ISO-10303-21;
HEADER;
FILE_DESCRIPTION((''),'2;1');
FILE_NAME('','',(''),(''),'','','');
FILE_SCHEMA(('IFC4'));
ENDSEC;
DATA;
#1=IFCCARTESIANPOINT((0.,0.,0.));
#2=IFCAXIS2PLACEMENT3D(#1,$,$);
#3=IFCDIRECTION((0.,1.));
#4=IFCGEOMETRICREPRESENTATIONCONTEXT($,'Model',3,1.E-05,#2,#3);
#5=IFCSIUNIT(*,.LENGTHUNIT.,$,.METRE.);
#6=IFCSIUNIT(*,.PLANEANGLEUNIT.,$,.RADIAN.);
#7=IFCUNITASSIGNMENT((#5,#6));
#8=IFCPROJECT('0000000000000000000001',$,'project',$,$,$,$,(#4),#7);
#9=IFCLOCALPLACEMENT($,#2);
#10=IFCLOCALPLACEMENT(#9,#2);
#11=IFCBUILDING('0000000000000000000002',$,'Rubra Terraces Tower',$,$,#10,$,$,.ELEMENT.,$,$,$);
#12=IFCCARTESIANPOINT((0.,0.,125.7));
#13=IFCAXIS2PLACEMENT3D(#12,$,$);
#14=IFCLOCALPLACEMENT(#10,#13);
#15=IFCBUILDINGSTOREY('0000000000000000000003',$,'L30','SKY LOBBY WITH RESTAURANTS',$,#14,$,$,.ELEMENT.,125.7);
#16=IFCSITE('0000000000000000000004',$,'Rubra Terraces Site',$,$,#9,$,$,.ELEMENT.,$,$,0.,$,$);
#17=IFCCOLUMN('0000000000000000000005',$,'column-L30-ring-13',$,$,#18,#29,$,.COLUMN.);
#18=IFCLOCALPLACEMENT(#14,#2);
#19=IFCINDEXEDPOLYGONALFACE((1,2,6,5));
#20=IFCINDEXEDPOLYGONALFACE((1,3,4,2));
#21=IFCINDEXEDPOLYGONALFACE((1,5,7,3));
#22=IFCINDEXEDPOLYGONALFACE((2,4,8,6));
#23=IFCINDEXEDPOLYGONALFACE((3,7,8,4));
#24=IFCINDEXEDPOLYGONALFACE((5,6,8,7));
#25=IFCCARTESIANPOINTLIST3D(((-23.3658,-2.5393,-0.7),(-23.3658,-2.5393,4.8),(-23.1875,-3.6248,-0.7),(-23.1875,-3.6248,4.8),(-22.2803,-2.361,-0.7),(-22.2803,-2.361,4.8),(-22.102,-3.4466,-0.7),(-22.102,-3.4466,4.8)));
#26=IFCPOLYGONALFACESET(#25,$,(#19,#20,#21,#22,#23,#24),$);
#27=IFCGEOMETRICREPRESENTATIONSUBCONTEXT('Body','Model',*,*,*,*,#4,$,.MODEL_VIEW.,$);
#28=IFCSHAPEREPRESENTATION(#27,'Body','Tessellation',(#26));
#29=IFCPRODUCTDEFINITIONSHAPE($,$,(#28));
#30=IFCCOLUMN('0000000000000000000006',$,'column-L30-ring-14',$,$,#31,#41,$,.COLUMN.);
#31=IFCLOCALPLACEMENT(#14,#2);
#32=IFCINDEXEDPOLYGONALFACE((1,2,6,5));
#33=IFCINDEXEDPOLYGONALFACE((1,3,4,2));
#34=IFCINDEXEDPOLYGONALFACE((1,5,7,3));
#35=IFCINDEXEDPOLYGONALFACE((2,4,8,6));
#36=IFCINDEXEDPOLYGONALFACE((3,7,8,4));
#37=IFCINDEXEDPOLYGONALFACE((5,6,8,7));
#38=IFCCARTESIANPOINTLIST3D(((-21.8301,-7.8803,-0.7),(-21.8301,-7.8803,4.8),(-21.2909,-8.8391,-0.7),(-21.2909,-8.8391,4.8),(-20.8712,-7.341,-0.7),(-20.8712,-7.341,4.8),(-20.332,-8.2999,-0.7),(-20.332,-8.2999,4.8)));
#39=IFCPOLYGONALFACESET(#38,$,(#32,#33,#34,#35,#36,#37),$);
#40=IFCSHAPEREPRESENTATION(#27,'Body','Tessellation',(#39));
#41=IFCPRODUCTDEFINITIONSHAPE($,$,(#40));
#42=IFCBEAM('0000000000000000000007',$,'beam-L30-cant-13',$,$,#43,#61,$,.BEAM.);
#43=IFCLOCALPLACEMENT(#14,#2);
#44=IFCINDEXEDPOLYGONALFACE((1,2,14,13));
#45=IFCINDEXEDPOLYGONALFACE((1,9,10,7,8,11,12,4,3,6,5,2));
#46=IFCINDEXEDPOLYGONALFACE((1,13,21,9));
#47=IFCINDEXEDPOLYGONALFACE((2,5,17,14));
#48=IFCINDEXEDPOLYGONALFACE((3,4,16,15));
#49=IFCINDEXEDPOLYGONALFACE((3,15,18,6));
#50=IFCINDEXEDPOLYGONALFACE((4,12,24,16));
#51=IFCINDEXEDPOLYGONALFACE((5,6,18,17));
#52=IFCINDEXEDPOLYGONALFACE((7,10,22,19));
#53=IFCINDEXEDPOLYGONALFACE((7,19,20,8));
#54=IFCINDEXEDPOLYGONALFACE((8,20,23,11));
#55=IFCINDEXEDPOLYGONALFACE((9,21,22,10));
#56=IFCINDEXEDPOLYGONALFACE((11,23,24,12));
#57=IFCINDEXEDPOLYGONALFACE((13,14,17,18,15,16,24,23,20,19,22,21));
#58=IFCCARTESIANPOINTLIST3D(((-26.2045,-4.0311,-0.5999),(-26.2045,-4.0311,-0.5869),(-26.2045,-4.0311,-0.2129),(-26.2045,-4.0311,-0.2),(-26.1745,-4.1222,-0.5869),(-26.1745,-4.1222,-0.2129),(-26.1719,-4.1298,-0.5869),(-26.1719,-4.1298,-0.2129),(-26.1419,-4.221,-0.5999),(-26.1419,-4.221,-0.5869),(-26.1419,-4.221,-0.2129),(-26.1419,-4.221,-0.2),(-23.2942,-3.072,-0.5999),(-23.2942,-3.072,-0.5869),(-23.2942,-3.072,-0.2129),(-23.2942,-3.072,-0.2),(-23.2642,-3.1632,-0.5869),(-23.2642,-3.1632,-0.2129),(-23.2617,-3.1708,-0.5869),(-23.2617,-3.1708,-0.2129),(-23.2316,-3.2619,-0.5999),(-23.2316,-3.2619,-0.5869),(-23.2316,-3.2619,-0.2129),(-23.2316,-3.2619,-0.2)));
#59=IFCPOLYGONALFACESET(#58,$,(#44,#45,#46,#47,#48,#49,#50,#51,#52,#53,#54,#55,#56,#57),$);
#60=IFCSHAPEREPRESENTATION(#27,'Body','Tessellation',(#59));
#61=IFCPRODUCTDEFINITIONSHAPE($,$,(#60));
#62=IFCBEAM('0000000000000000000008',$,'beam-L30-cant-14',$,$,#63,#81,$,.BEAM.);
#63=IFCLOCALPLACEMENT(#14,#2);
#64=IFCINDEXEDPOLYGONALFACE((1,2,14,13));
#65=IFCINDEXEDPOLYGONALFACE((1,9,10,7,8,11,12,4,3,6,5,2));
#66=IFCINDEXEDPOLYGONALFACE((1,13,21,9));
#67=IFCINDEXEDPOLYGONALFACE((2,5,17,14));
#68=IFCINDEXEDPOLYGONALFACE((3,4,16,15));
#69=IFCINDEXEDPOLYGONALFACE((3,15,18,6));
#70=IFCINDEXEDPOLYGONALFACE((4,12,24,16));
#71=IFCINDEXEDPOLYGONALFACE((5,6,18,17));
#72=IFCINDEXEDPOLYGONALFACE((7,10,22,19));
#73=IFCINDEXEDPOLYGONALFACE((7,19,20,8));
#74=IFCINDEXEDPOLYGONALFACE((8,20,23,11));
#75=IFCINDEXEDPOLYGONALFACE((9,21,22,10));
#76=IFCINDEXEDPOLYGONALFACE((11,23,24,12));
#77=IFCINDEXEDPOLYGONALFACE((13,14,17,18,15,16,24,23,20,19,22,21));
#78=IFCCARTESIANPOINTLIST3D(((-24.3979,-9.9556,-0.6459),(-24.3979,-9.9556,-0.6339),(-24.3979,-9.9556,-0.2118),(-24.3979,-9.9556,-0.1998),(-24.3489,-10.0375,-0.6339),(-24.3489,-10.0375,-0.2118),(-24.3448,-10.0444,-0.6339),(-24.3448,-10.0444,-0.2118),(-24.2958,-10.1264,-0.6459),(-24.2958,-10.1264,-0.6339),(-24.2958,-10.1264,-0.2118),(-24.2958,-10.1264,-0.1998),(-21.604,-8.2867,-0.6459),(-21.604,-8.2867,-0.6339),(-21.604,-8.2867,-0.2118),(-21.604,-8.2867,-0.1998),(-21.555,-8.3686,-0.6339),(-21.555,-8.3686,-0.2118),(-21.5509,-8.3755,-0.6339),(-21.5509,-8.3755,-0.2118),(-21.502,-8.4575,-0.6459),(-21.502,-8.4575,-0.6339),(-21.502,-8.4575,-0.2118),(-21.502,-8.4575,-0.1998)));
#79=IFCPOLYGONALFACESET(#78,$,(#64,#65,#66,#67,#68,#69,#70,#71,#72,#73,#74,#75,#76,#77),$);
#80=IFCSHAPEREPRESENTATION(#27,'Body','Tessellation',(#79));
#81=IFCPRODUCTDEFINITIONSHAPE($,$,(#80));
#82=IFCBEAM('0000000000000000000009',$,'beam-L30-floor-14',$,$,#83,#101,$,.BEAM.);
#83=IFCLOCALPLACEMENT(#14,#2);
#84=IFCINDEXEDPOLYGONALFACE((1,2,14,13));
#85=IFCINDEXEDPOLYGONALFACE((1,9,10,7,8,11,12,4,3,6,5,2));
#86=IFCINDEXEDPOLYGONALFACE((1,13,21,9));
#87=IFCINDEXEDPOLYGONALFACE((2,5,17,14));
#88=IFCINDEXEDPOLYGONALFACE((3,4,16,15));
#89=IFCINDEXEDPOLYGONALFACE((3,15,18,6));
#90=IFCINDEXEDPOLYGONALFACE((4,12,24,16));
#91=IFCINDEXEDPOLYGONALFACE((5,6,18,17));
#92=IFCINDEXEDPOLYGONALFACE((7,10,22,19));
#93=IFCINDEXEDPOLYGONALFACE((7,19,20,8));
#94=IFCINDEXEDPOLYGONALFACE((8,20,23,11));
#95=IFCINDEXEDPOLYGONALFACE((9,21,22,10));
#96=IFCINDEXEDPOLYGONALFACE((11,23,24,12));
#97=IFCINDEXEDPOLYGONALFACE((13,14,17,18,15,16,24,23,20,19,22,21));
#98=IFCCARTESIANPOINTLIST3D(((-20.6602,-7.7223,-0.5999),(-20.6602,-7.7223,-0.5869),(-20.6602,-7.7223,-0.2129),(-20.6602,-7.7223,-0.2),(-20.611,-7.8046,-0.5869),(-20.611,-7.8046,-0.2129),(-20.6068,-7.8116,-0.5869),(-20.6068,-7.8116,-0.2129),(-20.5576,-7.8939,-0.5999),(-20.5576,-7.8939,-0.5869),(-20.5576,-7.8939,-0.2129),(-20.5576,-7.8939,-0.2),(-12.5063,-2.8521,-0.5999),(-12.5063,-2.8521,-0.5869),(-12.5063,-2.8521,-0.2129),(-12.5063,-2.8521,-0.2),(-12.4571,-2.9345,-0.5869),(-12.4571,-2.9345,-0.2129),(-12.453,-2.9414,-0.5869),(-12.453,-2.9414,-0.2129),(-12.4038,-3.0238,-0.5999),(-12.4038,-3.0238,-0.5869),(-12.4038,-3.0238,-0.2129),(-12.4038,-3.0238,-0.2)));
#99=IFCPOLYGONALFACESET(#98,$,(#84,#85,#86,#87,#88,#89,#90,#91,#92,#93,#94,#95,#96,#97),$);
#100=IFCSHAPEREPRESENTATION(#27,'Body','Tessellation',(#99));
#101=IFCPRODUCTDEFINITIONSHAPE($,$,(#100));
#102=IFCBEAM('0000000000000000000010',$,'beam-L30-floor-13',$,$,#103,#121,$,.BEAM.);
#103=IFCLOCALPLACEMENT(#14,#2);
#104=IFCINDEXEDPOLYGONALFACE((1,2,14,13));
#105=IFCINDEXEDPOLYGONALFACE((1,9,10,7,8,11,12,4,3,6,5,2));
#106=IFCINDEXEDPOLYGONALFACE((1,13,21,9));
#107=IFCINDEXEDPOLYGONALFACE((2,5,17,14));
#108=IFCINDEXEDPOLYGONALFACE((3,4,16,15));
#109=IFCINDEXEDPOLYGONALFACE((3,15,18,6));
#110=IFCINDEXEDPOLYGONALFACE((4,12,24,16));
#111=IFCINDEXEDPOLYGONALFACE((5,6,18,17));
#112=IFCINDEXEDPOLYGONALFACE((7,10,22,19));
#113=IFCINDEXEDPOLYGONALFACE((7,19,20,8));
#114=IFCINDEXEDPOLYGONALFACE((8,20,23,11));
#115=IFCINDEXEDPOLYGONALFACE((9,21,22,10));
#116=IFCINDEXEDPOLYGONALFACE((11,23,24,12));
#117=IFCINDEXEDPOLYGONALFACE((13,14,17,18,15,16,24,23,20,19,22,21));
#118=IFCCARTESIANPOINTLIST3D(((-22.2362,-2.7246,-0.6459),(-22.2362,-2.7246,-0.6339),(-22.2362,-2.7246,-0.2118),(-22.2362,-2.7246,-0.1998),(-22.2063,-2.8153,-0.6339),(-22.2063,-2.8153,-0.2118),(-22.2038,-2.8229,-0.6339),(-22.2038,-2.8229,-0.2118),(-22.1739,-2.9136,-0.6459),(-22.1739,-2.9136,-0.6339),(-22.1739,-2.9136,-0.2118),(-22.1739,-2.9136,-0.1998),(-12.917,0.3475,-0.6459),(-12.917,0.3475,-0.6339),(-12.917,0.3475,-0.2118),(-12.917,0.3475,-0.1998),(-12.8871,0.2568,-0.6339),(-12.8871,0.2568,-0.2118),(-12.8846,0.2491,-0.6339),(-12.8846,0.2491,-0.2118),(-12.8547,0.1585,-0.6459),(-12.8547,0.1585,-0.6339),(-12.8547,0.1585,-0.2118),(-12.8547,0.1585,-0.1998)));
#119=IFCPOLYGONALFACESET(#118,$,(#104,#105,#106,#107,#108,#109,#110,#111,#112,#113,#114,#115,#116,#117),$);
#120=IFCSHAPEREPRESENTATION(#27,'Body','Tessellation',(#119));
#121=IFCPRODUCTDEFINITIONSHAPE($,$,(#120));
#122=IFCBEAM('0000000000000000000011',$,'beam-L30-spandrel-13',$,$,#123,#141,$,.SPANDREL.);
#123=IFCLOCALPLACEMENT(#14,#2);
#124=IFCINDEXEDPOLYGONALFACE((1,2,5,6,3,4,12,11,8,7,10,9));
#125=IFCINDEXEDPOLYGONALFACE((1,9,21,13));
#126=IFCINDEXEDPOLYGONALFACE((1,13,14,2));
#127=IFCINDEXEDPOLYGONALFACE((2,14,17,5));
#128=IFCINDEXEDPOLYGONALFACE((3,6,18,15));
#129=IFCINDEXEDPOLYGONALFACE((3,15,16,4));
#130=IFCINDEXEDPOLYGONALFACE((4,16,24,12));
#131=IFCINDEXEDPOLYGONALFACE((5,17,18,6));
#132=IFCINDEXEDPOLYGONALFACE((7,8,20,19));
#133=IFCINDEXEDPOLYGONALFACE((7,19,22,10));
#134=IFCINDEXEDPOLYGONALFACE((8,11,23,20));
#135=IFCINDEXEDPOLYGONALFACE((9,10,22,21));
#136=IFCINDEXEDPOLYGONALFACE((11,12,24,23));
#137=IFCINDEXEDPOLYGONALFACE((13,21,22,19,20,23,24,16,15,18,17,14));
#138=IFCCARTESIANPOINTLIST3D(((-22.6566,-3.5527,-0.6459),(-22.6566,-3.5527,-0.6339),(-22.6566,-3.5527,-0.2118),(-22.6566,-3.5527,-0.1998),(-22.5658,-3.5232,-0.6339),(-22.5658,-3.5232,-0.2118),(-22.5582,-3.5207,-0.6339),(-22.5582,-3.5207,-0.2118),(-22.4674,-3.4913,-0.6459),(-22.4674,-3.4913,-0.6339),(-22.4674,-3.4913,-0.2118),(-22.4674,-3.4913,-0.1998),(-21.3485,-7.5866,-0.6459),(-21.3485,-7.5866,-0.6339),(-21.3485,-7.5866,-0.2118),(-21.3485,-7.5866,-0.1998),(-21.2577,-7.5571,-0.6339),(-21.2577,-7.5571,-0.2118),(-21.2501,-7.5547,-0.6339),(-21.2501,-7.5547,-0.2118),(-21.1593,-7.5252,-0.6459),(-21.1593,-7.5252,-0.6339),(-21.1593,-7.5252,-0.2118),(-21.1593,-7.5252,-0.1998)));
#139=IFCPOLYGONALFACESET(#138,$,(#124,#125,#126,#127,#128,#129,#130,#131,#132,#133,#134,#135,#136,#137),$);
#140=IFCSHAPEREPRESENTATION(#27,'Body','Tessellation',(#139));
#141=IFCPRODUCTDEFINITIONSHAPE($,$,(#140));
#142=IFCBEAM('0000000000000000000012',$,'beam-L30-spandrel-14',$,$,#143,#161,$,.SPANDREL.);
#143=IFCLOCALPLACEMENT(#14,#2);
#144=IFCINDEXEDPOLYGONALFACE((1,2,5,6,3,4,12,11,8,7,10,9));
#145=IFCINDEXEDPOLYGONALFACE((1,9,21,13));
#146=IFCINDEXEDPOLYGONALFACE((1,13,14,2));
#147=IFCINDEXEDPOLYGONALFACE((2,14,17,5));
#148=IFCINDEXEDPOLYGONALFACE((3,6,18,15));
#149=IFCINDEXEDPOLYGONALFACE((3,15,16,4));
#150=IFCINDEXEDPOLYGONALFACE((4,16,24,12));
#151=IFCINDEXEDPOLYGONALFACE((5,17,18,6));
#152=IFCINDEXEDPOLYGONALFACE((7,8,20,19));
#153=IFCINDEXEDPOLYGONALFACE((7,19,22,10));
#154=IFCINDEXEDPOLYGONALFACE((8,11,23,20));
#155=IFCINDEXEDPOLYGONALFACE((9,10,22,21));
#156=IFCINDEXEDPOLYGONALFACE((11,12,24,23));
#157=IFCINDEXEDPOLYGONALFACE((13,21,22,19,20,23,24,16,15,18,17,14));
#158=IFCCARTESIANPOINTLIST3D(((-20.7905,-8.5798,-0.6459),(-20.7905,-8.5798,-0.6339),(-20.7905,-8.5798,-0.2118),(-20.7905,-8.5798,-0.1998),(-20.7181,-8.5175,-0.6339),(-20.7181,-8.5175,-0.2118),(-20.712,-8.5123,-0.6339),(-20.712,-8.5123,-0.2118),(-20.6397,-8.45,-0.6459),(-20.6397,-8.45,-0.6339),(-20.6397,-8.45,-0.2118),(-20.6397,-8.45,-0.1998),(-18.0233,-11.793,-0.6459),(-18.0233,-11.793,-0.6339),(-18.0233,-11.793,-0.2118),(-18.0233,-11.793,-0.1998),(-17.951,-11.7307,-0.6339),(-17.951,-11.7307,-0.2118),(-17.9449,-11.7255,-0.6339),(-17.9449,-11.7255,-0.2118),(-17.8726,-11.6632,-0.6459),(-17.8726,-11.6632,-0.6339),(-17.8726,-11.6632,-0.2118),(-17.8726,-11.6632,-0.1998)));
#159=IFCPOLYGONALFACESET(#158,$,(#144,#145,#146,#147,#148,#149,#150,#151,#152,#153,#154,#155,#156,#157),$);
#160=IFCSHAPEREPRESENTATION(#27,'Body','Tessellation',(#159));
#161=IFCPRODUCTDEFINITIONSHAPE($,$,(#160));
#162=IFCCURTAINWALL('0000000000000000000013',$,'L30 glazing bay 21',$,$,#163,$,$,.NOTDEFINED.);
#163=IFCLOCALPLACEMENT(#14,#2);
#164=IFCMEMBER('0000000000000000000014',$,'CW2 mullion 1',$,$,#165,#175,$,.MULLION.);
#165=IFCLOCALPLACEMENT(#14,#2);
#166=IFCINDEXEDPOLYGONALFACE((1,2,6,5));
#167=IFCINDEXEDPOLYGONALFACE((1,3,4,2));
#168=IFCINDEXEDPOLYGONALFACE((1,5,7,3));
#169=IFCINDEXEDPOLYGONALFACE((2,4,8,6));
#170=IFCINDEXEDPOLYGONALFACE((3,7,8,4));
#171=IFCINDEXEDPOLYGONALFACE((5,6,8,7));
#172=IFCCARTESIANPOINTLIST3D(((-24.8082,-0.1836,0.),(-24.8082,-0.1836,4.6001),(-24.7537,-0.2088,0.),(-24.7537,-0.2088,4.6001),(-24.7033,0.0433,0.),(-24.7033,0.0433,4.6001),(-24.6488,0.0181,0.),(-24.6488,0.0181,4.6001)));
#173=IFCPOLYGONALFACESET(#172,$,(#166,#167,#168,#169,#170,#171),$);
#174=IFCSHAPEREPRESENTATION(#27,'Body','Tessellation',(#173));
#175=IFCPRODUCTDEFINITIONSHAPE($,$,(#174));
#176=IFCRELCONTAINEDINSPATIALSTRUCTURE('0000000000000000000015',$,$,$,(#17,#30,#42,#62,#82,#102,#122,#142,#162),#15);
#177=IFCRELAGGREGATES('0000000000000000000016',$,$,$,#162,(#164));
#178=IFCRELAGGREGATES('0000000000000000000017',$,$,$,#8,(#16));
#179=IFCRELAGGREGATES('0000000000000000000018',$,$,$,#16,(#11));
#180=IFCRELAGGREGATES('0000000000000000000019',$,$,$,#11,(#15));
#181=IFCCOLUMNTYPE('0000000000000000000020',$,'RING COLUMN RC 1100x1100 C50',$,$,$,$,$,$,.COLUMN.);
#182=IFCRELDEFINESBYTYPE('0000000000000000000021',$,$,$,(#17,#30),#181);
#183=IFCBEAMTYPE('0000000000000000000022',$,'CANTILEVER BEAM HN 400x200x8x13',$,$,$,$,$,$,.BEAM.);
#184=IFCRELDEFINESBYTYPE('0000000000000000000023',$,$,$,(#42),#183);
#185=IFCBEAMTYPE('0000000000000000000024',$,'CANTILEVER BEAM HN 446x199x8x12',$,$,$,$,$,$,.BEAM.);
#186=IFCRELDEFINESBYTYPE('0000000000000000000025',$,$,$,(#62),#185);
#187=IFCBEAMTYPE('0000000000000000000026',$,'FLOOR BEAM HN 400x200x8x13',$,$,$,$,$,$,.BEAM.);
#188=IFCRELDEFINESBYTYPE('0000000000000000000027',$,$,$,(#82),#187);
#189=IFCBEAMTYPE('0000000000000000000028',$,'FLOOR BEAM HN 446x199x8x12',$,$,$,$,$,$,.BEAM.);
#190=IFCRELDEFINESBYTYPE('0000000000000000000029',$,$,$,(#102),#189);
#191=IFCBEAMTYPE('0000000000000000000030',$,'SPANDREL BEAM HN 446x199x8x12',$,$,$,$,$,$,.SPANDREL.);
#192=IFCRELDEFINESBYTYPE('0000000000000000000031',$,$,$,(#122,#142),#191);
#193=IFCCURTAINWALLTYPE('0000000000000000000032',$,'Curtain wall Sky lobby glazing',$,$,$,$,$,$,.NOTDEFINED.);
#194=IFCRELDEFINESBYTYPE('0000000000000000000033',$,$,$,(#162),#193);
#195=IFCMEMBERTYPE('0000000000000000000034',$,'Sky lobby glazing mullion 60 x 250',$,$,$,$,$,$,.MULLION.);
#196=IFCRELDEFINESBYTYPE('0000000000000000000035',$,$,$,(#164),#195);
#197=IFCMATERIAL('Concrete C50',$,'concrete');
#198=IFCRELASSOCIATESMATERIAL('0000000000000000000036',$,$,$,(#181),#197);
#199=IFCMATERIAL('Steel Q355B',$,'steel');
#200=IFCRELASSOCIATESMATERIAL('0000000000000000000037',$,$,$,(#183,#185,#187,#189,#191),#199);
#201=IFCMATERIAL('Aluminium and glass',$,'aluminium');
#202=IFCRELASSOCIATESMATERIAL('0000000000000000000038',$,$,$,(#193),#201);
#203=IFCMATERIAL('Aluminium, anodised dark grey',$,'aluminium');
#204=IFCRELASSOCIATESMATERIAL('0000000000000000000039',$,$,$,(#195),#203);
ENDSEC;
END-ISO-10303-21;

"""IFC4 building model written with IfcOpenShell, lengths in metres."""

from ifc_helpers import new_model, si_unit, direction, frame, origin, origin_2d, place, context, subcontext, project, spatial, rectangle, i_section, extrude, material, material_profile, profile_set, type_object, element, aggregate, save


model = new_model("IFC4")

# Units and contexts
model_context = context("Model", 3, precision=1e-05, world=origin(), true_north=direction((0.0, 1.0)))
body_context = subcontext(model_context, "Body", "Model", "MODEL_VIEW")
ifc_project = project(units=[si_unit("LENGTHUNIT", "METRE"), si_unit("PLANEANGLEUNIT", "RADIAN")], contexts=[model_context])

# Site, building, storey
site_placement = place(None, origin())
site = spatial("IfcSite", under=ifc_project, at=site_placement, Name="Rubra Terraces Site", CompositionType="ELEMENT", RefElevation=0.0)
building_placement = place(site_placement, origin())
building = spatial("IfcBuilding", under=site, at=building_placement, Name="Rubra Terraces Tower", CompositionType="ELEMENT")
storey_placement = place(building_placement, frame((0.0, 0.0, 125.7)))
storey = spatial("IfcBuildingStorey", under=building, at=storey_placement, Name="L30", Description="SKY LOBBY WITH RESTAURANTS", CompositionType="ELEMENT", Elevation=125.7)

# Columns
ifc_material_1 = material(Name="Concrete C50", Category="concrete")
ifc_material_profile_1 = material_profile(ifc_material_1, rectangle(XDim=1.1001, YDim=1.1001, at=origin_2d()), Name="RC 1100x1100")
ifc_profile_set_1 = profile_set([ifc_material_profile_1], Name="Concrete C50")
column_type = type_object("IfcColumnType", Name="RING COLUMN RC 1100x1100 C50", PredefinedType="COLUMN", material=ifc_profile_set_1)
for number, where, z_axis, x_axis, name in (
    (1, (-22.7339, -2.9929, -0.7), (0.0, 0.0, 1.0), (0.162062, -0.986781, 0.0), "column-L30-ring-13"),
    (2, (-21.0811, -8.0901, -0.7), (0.0, 0.0, 1.0), (0.490162, -0.871631, 0.0), "column-L30-ring-14"),
):
    element("IfcColumn", number, at=place(storey_placement, frame(where, z_axis=z_axis, x_axis=x_axis)), inside=storey, type_object=column_type, Name=name, PredefinedType="COLUMN", context=body_context, shape_type="SweptSolid", body=[
        extrude(rectangle(XDim=1.1001, YDim=1.1001, at=origin_2d()), origin(), (0.0, 0.0, 1.0), 5.5),
    ])

# Beams
ifc_material_2 = material(Name="Steel Q355B", Category="steel")
ifc_material_profile_2 = material_profile(ifc_material_2, i_section(OverallWidth=0.2, OverallDepth=0.3999, WebThickness=0.0081, FlangeThickness=0.0129, at=origin_2d()), Name="HN 400x200x8x13")
ifc_profile_set_2 = profile_set([ifc_material_profile_2], Name="Steel Q355B")
beam_type_1 = type_object("IfcBeamType", Name="CANTILEVER BEAM HN 400x200x8x13", PredefinedType="BEAM", material=ifc_profile_set_2)
beam_1_placement = place(storey_placement, frame((-23.2629, -3.167, -0.3999), z_axis=(-0.949761, -0.312975, 0.0), x_axis=(0.312975, -0.949761, 0.0)))
element("IfcBeam", 3, at=beam_1_placement, inside=storey, type_object=beam_type_1, Name="beam-L30-cant-13", PredefinedType="BEAM", context=body_context, shape_type="SweptSolid", body=[
    extrude(i_section(OverallWidth=0.2, OverallDepth=0.3999, WebThickness=0.0081, FlangeThickness=0.0129, at=origin_2d()), origin(), (0.0, 0.0, 1.0), 3.0642),
])
ifc_material_profile_3 = material_profile(ifc_material_2, i_section(OverallWidth=0.199, OverallDepth=0.446, WebThickness=0.0081, FlangeThickness=0.012, at=origin_2d()), Name="HN 446x199x8x12")
ifc_profile_set_3 = profile_set([ifc_material_profile_3], Name="Steel Q355B")
beam_type_2 = type_object("IfcBeamType", Name="CANTILEVER BEAM HN 446x199x8x12", PredefinedType="BEAM", material=ifc_profile_set_3)
beam_2_placement = place(storey_placement, frame((-21.553, -8.3721, -0.4229), z_axis=(-0.858497, -0.512818, 0.0), x_axis=(0.512818, -0.858497, 0.0)))
element("IfcBeam", 4, at=beam_2_placement, inside=storey, type_object=beam_type_2, Name="beam-L30-cant-14", PredefinedType="BEAM", context=body_context, shape_type="SweptSolid", body=[
    extrude(i_section(OverallWidth=0.199, OverallDepth=0.446, WebThickness=0.0081, FlangeThickness=0.012, at=origin_2d()), origin(), (0.0, 0.0, 1.0), 3.2544),
])
ifc_material_profile_4 = material_profile(ifc_material_2, i_section(OverallWidth=0.2, OverallDepth=0.3999, WebThickness=0.0081, FlangeThickness=0.0129, at=origin_2d()), Name="HN 400x200x8x13")
ifc_profile_set_4 = profile_set([ifc_material_profile_4], Name="Steel Q355B")
beam_type_3 = type_object("IfcBeamType", Name="FLOOR BEAM HN 400x200x8x13", PredefinedType="BEAM", material=ifc_profile_set_4)
beam_3_placement = place(storey_placement, frame((-20.6089, -7.8081, -0.3999), z_axis=(0.858521, 0.512778, 0.0), x_axis=(-0.512778, 0.858521, 0.0)))
element("IfcBeam", 5, at=beam_3_placement, inside=storey, type_object=beam_type_3, Name="beam-L30-floor-14", PredefinedType="BEAM", context=body_context, shape_type="SweptSolid", body=[
    extrude(i_section(OverallWidth=0.2, OverallDepth=0.3999, WebThickness=0.0081, FlangeThickness=0.0129, at=origin_2d()), origin(), (0.0, 0.0, 1.0), 9.4976),
])
ifc_material_profile_5 = material_profile(ifc_material_2, i_section(OverallWidth=0.199, OverallDepth=0.446, WebThickness=0.0081, FlangeThickness=0.012, at=origin_2d()), Name="HN 446x199x8x12")
ifc_profile_set_5 = profile_set([ifc_material_profile_5], Name="Steel Q355B")
beam_type_4 = type_object("IfcBeamType", Name="FLOOR BEAM HN 446x199x8x12", PredefinedType="BEAM", material=ifc_profile_set_5)
beam_4_placement = place(storey_placement, frame((-22.2051, -2.8191, -0.4229), z_axis=(0.949728, 0.313076, 0.0), x_axis=(-0.313076, 0.949728, 0.0)))
element("IfcBeam", 6, at=beam_4_placement, inside=storey, type_object=beam_type_4, Name="beam-L30-floor-13", PredefinedType="BEAM", context=body_context, shape_type="SweptSolid", body=[
    extrude(i_section(OverallWidth=0.199, OverallDepth=0.446, WebThickness=0.0081, FlangeThickness=0.012, at=origin_2d()), origin(), (0.0, 0.0, 1.0), 9.8125),
])
ifc_material_profile_6 = material_profile(ifc_material_2, i_section(OverallWidth=0.199, OverallDepth=0.446, WebThickness=0.0081, FlangeThickness=0.012, at=origin_2d()), Name="HN 446x199x8x12")
ifc_profile_set_6 = profile_set([ifc_material_profile_6], Name="Steel Q355B")
beam_type_5 = type_object("IfcBeamType", Name="SPANDREL BEAM HN 446x199x8x12", PredefinedType="SPANDREL", material=ifc_profile_set_6)
beam_5_placement = place(storey_placement, frame((-22.562, -3.522, -0.4229), z_axis=(0.308462, -0.951237, 0.0), x_axis=(0.951237, 0.308462, 0.0)))
element("IfcBeam", 7, at=beam_5_placement, inside=storey, type_object=beam_type_5, Name="beam-L30-spandrel-13", PredefinedType="SPANDREL", context=body_context, shape_type="SweptSolid", body=[
    extrude(i_section(OverallWidth=0.199, OverallDepth=0.446, WebThickness=0.0081, FlangeThickness=0.012, at=origin_2d()), origin(), (0.0, 0.0, 1.0), 4.2407),
])
beam_6_placement = place(storey_placement, frame((-20.7151, -8.5149, -0.4229), z_axis=(0.652553, -0.757743, 0.0), x_axis=(0.757743, 0.652553, 0.0)))
element("IfcBeam", 8, at=beam_6_placement, inside=storey, type_object=beam_type_5, Name="beam-L30-spandrel-14", PredefinedType="SPANDREL", context=body_context, shape_type="SweptSolid", body=[
    extrude(i_section(OverallWidth=0.199, OverallDepth=0.446, WebThickness=0.0081, FlangeThickness=0.012, at=origin_2d()), origin(), (0.0, 0.0, 1.0), 4.2405),
])

# Curtain wall, member
ifc_material_3 = material(Name="Aluminium and glass", Category="aluminium")
curtain_wall_type = type_object("IfcCurtainWallType", Name="Curtain wall Sky lobby glazing", PredefinedType="NOTDEFINED", material=ifc_material_3)
curtain_wall_1_placement = place(storey_placement, origin())
curtain_wall_1 = element("IfcCurtainWall", 9, at=curtain_wall_1_placement, inside=storey, type_object=curtain_wall_type, Name="L30 glazing bay 21", PredefinedType="NOTDEFINED")
ifc_material_4 = material(Name="Aluminium, anodised dark grey", Category="aluminium")
ifc_material_profile_7 = material_profile(ifc_material_4, rectangle(XDim=0.0601, YDim=0.25, at=origin_2d()), Name="AL 60x250")
ifc_profile_set_7 = profile_set([ifc_material_profile_7], Name="Aluminium, anodised dark grey")
member_type_1 = type_object("IfcMemberType", Name="Sky lobby glazing mullion 60 x 250", PredefinedType="MULLION", material=ifc_profile_set_7)
member_1_placement = place(storey_placement, frame((-24.7285, -0.0828, 0.0), z_axis=(0.0, 0.0, 1.0), x_axis=(0.907716, -0.419585, 0.0)))
member_1 = element("IfcMember", 10, at=member_1_placement, type_object=member_type_1, Name="CW2 mullion 1", PredefinedType="MULLION", context=body_context, shape_type="SweptSolid", body=[
    extrude(rectangle(XDim=0.0601, YDim=0.25, at=origin_2d()), origin(), (0.0, 0.0, 1.0), 4.6001),
])

aggregate(curtain_wall_1, [member_1])

save(model, "model.ifc")
